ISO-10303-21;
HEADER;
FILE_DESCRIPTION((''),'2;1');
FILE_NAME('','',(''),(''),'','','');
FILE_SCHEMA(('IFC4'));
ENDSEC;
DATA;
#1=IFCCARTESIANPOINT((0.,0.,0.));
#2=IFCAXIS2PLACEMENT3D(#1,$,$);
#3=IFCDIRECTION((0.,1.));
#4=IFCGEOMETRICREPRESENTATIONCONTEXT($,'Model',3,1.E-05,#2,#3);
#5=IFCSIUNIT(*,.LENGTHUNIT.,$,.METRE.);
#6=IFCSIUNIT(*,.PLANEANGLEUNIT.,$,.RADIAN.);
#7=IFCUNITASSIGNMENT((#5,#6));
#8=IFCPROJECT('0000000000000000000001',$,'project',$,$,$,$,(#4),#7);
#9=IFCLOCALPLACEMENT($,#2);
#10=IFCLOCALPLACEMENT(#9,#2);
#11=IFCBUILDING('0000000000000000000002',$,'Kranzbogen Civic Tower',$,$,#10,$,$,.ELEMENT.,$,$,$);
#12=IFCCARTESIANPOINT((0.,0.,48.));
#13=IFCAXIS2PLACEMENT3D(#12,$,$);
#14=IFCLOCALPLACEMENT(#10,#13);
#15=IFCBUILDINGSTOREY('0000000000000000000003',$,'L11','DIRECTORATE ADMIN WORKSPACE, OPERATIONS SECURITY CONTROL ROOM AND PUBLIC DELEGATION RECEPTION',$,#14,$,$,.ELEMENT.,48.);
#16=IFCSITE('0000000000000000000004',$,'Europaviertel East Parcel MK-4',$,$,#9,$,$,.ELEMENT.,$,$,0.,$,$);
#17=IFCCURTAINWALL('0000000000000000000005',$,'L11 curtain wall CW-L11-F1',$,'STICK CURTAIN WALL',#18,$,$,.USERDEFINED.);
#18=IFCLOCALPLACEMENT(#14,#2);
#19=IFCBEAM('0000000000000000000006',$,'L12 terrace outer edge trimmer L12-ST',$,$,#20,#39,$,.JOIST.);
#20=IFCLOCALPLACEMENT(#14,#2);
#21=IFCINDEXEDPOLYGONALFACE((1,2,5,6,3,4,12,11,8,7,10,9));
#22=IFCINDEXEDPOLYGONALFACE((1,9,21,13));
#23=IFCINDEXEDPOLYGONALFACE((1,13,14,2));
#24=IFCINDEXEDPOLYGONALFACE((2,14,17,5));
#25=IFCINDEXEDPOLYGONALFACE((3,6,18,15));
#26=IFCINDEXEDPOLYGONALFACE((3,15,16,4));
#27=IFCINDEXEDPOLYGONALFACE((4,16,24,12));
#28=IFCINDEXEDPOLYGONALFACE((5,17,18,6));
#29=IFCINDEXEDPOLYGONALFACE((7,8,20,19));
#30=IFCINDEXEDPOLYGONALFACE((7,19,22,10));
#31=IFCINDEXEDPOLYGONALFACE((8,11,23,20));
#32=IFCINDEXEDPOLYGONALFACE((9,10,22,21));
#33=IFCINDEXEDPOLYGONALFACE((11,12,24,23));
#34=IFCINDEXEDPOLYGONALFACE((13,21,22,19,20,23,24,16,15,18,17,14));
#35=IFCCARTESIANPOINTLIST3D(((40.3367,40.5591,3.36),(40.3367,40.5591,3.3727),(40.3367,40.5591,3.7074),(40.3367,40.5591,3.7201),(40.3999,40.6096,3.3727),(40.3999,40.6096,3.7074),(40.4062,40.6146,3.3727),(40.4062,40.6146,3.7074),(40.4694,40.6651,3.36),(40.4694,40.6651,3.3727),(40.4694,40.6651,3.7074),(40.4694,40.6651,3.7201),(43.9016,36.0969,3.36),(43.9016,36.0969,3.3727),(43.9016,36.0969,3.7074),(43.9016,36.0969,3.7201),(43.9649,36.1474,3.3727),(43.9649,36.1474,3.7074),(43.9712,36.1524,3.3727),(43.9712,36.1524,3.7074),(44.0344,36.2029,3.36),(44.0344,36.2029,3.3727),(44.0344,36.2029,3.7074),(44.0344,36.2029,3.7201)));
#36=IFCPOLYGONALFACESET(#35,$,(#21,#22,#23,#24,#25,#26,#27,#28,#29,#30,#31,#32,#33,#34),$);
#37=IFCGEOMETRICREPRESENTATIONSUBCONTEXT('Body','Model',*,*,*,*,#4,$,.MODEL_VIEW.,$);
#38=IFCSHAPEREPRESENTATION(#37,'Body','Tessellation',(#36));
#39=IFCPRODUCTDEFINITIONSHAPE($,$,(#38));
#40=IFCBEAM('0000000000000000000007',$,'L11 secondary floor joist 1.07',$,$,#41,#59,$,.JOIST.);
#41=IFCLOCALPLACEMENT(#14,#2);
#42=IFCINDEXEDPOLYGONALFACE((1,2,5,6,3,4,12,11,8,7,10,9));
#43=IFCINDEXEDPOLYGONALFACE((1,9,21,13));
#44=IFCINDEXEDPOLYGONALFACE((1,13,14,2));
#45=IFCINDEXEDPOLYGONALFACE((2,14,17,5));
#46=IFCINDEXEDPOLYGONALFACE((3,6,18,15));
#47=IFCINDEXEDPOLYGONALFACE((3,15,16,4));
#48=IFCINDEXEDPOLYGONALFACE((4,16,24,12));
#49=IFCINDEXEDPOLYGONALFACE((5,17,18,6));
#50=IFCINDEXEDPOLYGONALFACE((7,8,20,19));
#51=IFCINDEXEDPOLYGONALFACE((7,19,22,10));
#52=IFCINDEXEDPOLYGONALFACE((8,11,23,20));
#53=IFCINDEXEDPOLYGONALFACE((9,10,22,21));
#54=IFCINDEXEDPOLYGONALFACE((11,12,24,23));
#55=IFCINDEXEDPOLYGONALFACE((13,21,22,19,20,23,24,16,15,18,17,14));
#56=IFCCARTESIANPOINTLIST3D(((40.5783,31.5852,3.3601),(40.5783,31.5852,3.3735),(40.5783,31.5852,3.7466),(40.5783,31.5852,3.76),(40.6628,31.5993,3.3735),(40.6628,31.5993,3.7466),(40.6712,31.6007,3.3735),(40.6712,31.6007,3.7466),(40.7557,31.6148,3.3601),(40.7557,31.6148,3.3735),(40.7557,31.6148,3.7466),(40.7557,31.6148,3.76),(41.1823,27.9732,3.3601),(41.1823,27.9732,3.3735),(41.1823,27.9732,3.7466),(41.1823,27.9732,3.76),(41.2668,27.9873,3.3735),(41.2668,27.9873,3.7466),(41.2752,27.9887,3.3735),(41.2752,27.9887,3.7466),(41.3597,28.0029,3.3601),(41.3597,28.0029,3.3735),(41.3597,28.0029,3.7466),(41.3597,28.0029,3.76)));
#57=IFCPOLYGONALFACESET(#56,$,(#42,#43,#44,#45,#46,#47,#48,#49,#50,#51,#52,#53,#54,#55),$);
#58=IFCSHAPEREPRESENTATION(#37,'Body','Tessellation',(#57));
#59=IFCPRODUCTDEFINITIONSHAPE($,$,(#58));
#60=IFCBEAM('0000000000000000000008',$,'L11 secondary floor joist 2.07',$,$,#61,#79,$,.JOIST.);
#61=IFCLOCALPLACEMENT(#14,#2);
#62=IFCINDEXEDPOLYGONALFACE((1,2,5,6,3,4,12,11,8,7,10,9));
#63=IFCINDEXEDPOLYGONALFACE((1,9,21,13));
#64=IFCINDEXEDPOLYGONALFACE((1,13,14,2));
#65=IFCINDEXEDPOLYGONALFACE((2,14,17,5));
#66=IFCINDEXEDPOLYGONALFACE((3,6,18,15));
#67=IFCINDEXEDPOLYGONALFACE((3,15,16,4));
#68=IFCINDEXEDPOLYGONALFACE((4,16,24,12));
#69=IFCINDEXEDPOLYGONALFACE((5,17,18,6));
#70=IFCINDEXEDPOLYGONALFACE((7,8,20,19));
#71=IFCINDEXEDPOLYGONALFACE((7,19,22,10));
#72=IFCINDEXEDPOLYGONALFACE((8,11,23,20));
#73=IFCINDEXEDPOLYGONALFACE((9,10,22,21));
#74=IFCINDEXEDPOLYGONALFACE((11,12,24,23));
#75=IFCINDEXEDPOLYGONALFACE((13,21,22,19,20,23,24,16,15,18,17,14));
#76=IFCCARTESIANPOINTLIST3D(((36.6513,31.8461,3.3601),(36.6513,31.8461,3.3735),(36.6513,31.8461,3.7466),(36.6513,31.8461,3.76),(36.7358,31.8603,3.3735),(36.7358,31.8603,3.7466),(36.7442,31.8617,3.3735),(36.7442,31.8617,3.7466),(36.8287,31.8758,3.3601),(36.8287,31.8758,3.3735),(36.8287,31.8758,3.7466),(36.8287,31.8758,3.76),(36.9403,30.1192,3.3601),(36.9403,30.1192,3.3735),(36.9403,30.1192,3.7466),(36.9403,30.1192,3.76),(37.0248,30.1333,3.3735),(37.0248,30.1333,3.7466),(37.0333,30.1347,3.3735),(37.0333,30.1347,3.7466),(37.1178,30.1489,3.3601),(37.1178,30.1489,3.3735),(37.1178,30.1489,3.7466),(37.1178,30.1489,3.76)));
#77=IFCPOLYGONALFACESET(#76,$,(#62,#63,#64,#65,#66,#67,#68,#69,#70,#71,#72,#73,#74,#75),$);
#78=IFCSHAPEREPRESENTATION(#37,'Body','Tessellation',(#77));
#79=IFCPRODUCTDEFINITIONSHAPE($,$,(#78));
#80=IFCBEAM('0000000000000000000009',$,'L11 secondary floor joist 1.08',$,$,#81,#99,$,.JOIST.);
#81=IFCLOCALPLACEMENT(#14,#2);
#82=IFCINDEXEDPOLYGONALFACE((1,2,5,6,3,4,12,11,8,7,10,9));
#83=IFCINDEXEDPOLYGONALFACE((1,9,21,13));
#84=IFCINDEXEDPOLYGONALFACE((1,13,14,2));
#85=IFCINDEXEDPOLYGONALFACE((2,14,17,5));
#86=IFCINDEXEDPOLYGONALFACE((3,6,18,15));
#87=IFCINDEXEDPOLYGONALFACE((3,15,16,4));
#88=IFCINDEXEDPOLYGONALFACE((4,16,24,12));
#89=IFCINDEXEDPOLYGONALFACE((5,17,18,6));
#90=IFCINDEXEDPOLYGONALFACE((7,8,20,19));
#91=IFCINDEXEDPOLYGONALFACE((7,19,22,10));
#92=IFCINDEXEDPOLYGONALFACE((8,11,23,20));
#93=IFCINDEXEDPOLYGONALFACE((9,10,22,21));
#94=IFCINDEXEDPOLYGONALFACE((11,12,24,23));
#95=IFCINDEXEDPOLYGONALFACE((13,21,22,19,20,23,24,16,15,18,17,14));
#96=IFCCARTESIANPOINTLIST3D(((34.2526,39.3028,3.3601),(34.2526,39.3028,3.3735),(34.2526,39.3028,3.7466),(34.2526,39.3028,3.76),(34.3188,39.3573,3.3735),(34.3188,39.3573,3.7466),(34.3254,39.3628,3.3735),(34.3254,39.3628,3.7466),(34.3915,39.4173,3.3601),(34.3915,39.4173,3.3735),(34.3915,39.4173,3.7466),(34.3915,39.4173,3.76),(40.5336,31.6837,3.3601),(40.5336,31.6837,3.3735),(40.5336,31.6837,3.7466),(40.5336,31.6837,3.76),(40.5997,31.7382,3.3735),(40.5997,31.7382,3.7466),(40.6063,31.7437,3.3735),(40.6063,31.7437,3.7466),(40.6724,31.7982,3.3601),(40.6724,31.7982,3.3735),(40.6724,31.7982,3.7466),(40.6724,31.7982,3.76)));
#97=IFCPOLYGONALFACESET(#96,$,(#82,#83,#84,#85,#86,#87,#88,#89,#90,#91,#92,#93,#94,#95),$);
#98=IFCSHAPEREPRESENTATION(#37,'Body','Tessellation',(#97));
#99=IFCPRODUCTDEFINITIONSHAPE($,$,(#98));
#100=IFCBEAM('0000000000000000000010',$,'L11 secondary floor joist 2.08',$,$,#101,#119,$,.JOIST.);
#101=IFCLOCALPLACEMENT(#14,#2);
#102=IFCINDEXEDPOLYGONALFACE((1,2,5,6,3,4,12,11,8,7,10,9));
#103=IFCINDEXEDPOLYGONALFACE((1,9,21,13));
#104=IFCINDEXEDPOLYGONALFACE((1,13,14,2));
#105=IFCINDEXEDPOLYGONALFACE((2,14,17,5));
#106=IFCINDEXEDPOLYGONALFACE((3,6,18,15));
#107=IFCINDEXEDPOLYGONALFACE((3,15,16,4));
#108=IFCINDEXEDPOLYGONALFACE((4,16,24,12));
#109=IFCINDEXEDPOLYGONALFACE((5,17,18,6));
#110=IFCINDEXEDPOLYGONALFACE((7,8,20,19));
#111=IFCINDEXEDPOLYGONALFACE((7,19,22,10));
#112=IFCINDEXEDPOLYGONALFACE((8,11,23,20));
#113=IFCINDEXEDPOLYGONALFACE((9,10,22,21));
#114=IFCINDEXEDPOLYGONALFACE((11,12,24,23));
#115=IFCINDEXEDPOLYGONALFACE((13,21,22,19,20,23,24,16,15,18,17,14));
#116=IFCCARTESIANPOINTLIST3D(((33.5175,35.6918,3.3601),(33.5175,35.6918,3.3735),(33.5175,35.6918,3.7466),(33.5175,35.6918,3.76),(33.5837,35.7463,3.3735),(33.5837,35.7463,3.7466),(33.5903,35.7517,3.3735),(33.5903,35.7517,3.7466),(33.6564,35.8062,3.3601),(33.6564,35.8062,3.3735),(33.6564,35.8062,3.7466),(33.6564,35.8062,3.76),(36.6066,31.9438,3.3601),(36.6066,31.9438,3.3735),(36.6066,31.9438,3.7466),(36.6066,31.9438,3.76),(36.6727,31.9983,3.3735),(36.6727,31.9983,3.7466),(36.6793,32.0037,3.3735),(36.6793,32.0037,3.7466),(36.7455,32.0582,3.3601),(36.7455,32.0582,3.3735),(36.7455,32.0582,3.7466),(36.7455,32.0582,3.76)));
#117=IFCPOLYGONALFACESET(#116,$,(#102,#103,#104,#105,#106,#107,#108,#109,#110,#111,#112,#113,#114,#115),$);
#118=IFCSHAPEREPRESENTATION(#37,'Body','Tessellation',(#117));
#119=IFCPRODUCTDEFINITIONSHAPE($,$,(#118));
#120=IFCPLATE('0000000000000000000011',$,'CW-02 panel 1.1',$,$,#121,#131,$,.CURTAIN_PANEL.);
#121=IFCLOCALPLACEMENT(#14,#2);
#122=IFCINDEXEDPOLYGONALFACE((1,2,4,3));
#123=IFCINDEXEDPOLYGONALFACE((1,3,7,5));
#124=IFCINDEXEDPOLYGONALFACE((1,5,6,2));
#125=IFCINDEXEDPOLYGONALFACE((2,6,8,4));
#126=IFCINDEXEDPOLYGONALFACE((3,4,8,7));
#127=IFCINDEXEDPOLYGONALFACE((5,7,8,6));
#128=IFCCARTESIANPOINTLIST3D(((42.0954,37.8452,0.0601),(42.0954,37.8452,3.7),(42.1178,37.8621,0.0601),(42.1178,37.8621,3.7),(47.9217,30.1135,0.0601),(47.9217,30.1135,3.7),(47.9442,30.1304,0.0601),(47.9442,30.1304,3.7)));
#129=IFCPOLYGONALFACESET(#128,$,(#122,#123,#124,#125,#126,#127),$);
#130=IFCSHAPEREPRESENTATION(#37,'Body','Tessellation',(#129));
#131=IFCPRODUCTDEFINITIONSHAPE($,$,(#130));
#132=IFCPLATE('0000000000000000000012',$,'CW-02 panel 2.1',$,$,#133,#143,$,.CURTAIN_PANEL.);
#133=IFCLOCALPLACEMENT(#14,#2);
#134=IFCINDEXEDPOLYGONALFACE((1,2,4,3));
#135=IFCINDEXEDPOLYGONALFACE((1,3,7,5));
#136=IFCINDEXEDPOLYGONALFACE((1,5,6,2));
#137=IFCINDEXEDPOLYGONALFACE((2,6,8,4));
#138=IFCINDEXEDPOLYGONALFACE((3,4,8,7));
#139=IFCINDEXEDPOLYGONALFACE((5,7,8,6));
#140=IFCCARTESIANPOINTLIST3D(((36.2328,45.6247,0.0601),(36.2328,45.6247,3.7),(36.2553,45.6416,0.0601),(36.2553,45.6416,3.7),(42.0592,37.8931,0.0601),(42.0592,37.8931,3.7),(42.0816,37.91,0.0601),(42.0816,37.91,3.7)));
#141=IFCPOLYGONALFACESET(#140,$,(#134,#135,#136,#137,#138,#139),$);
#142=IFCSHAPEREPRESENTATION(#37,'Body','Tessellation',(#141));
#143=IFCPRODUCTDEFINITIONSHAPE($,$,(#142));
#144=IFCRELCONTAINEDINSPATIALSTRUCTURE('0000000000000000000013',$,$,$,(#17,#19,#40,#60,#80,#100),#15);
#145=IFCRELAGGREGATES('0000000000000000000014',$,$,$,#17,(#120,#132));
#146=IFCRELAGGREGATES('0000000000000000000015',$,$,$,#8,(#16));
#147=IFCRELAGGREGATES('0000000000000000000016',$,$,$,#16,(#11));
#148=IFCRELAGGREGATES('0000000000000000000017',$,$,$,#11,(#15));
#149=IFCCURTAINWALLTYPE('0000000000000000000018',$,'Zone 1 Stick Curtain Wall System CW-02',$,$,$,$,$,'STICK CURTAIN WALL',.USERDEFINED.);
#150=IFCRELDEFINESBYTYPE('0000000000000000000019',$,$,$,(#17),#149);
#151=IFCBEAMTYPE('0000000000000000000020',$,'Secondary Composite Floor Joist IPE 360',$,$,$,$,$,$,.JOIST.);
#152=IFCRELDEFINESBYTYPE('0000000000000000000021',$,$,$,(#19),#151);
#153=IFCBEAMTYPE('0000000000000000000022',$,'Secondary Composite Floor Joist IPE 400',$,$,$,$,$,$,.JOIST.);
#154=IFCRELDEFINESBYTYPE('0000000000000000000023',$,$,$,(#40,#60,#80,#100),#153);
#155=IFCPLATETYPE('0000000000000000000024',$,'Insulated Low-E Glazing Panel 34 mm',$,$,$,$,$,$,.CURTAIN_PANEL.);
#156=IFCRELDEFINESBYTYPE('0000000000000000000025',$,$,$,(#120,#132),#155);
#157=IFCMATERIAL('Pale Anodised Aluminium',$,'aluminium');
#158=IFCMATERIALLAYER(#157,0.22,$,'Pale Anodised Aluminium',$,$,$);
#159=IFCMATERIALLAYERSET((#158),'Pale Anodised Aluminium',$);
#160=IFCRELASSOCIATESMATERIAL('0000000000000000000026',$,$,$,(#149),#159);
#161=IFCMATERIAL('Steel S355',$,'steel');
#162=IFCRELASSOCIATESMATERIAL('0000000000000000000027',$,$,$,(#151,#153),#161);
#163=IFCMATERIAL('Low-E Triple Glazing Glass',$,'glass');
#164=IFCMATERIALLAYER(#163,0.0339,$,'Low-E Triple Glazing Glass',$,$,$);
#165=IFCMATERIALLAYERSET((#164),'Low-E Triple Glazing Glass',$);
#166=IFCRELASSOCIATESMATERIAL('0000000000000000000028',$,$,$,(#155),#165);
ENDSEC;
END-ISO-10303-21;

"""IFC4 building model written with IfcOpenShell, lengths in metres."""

from ifc_helpers import new_model, si_unit, direction, frame, origin, origin_2d, place, context, subcontext, project, spatial, rectangle, i_section, extrude, material, layer, layer_set, material_profile, profile_set, type_object, element, aggregate, save


model = new_model("IFC4")

# Units and contexts
model_context = context("Model", 3, precision=1e-05, world=origin(), true_north=direction((0.0, 1.0)))
body_context = subcontext(model_context, "Body", "Model", "MODEL_VIEW")
ifc_project = project(units=[si_unit("LENGTHUNIT", "METRE"), si_unit("PLANEANGLEUNIT", "RADIAN")], contexts=[model_context])

# Site, building, storey
site_placement = place(None, origin())
site = spatial("IfcSite", under=ifc_project, at=site_placement, Name="Europaviertel East Parcel MK-4", CompositionType="ELEMENT", RefElevation=0.0)
building_placement = place(site_placement, origin())
building = spatial("IfcBuilding", under=site, at=building_placement, Name="Kranzbogen Civic Tower", CompositionType="ELEMENT")
storey_placement = place(building_placement, frame((0.0, 0.0, 48.0)))
storey = spatial("IfcBuildingStorey", under=building, at=storey_placement, Name="L11", Description="DIRECTORATE ADMIN WORKSPACE, OPERATIONS SECURITY CONTROL ROOM AND PUBLIC DELEGATION RECEPTION", CompositionType="ELEMENT", Elevation=48.0)

# Shared definitions
ifc_material_1 = material(Name="Steel S355", Category="steel")

# Curtain wall
ifc_material_2 = material(Name="Pale Anodised Aluminium", Category="aluminium")
ifc_layer_1 = layer(ifc_material_2, 0.22, Name="Pale Anodised Aluminium")
ifc_layer_set_1 = layer_set([ifc_layer_1], Name="Pale Anodised Aluminium")
curtain_wall_type = type_object("IfcCurtainWallType", Name="Zone 1 Stick Curtain Wall System CW-02", ElementType="STICK CURTAIN WALL", PredefinedType="USERDEFINED", material=ifc_layer_set_1)
curtain_wall_1_placement = place(storey_placement, origin())
curtain_wall_1 = element("IfcCurtainWall", 1, at=curtain_wall_1_placement, inside=storey, type_object=curtain_wall_type, Name="L11 curtain wall CW-L11-F1", ObjectType="STICK CURTAIN WALL", PredefinedType="USERDEFINED")

# Beams
ifc_material_profile_1 = material_profile(ifc_material_1, i_section(OverallWidth=0.1699, OverallDepth=0.3601, WebThickness=0.0081, FlangeThickness=0.0127, at=origin_2d()), Name="IPE 360")
ifc_profile_set_1 = profile_set([ifc_material_profile_1], Name="Steel S355")
beam_type_1 = type_object("IfcBeamType", Name="Secondary Composite Floor Joist IPE 360", PredefinedType="JOIST", material=ifc_profile_set_1)
beam_1_placement = place(storey_placement, frame((43.968, 36.1499, 3.54), z_axis=(-0.624184, 0.781277, 0.0), x_axis=(-0.781277, -0.624184, 0.0)))
element("IfcBeam", 2, at=beam_1_placement, inside=storey, type_object=beam_type_1, Name="L12 terrace outer edge trimmer L12-ST", PredefinedType="JOIST", context=body_context, shape_type="SweptSolid", body=[
    extrude(i_section(OverallWidth=0.1699, OverallDepth=0.3601, WebThickness=0.0081, FlangeThickness=0.0127, at=origin_2d()), origin(), (0.0, 0.0, 1.0), 5.7114),
])
ifc_material_profile_2 = material_profile(ifc_material_1, i_section(OverallWidth=0.1799, OverallDepth=0.3999, WebThickness=0.0085, FlangeThickness=0.0134, at=origin_2d()), Name="IPE 400")
ifc_profile_set_2 = profile_set([ifc_material_profile_2], Name="Steel S355")
beam_type_2 = type_object("IfcBeamType", Name="Secondary Composite Floor Joist IPE 400", PredefinedType="JOIST", material=ifc_profile_set_2)
beam_2_placement = place(storey_placement, frame((41.271, 27.988, 3.5601), z_axis=(-0.164929, 0.986305, 0.0), x_axis=(-0.986305, -0.164929, 0.0)))
element("IfcBeam", 3, at=beam_2_placement, inside=storey, type_object=beam_type_2, Name="L11 secondary floor joist 1.07", PredefinedType="JOIST", context=body_context, shape_type="SweptSolid", body=[
    extrude(i_section(OverallWidth=0.1799, OverallDepth=0.3999, WebThickness=0.0085, FlangeThickness=0.0134, at=origin_2d()), origin(), (0.0, 0.0, 1.0), 3.6621),
])
beam_3_placement = place(storey_placement, frame((37.0291, 30.134, 3.5601), z_axis=(-0.165077, 0.986281, 0.0), x_axis=(-0.986281, -0.165077, 0.0)))
element("IfcBeam", 4, at=beam_3_placement, inside=storey, type_object=beam_type_2, Name="L11 secondary floor joist 2.07", PredefinedType="JOIST", context=body_context, shape_type="SweptSolid", body=[
    extrude(i_section(OverallWidth=0.1799, OverallDepth=0.3999, WebThickness=0.0085, FlangeThickness=0.0134, at=origin_2d()), origin(), (0.0, 0.0, 1.0), 1.751),
])
beam_4_placement = place(storey_placement, frame((40.603, 31.741, 3.5601), z_axis=(-0.636095, 0.771611, 0.0), x_axis=(-0.771611, -0.636095, 0.0)))
element("IfcBeam", 5, at=beam_4_placement, inside=storey, type_object=beam_type_2, Name="L11 secondary floor joist 1.08", PredefinedType="JOIST", context=body_context, shape_type="SweptSolid", body=[
    extrude(i_section(OverallWidth=0.1799, OverallDepth=0.3999, WebThickness=0.0085, FlangeThickness=0.0134, at=origin_2d()), origin(), (0.0, 0.0, 1.0), 9.8743),
])
beam_5_placement = place(storey_placement, frame((36.676, 32.001, 3.5601), z_axis=(-0.636012, 0.771679, 0.0), x_axis=(-0.771679, -0.636012, 0.0)))
element("IfcBeam", 6, at=beam_5_placement, inside=storey, type_object=beam_type_2, Name="L11 secondary floor joist 2.08", PredefinedType="JOIST", context=body_context, shape_type="SweptSolid", body=[
    extrude(i_section(OverallWidth=0.1799, OverallDepth=0.3999, WebThickness=0.0085, FlangeThickness=0.0134, at=origin_2d()), origin(), (0.0, 0.0, 1.0), 4.8569),
])

# Plates
ifc_material_3 = material(Name="Low-E Triple Glazing Glass", Category="glass")
ifc_layer_2 = layer(ifc_material_3, 0.0339, Name="Low-E Triple Glazing Glass")
ifc_layer_set_2 = layer_set([ifc_layer_2], Name="Low-E Triple Glazing Glass")
plate_type = type_object("IfcPlateType", Name="Insulated Low-E Glazing Panel 34 mm", PredefinedType="CURTAIN_PANEL", material=ifc_layer_set_2)
plate_1_placement = place(storey_placement, frame((45.0198, 33.9878, 0.0601), z_axis=(0.0, 0.0, 1.0), x_axis=(-0.601824, 0.798629, 0.0)))
plate_1 = element("IfcPlate", 7, at=plate_1_placement, type_object=plate_type, Name="CW-02 panel 1.1", PredefinedType="CURTAIN_PANEL", context=body_context, shape_type="SweptSolid", body=[
    extrude(rectangle(XDim=9.6812, YDim=0.0281, at=origin_2d()), origin(), (0.0, 0.0, 1.0), 3.6399),
])
plate_2_placement = place(storey_placement, frame((39.1572, 41.7673, 0.0601), z_axis=(0.0, 0.0, 1.0), x_axis=(-0.601824, 0.798629, 0.0)))
plate_2 = element("IfcPlate", 8, at=plate_2_placement, type_object=plate_type, Name="CW-02 panel 2.1", PredefinedType="CURTAIN_PANEL", context=body_context, shape_type="SweptSolid", body=[
    extrude(rectangle(XDim=9.6812, YDim=0.0281, at=origin_2d()), origin(), (0.0, 0.0, 1.0), 3.6399),
])
aggregate(curtain_wall_1, [plate_1, plate_2])

save(model, "model.ifc")
